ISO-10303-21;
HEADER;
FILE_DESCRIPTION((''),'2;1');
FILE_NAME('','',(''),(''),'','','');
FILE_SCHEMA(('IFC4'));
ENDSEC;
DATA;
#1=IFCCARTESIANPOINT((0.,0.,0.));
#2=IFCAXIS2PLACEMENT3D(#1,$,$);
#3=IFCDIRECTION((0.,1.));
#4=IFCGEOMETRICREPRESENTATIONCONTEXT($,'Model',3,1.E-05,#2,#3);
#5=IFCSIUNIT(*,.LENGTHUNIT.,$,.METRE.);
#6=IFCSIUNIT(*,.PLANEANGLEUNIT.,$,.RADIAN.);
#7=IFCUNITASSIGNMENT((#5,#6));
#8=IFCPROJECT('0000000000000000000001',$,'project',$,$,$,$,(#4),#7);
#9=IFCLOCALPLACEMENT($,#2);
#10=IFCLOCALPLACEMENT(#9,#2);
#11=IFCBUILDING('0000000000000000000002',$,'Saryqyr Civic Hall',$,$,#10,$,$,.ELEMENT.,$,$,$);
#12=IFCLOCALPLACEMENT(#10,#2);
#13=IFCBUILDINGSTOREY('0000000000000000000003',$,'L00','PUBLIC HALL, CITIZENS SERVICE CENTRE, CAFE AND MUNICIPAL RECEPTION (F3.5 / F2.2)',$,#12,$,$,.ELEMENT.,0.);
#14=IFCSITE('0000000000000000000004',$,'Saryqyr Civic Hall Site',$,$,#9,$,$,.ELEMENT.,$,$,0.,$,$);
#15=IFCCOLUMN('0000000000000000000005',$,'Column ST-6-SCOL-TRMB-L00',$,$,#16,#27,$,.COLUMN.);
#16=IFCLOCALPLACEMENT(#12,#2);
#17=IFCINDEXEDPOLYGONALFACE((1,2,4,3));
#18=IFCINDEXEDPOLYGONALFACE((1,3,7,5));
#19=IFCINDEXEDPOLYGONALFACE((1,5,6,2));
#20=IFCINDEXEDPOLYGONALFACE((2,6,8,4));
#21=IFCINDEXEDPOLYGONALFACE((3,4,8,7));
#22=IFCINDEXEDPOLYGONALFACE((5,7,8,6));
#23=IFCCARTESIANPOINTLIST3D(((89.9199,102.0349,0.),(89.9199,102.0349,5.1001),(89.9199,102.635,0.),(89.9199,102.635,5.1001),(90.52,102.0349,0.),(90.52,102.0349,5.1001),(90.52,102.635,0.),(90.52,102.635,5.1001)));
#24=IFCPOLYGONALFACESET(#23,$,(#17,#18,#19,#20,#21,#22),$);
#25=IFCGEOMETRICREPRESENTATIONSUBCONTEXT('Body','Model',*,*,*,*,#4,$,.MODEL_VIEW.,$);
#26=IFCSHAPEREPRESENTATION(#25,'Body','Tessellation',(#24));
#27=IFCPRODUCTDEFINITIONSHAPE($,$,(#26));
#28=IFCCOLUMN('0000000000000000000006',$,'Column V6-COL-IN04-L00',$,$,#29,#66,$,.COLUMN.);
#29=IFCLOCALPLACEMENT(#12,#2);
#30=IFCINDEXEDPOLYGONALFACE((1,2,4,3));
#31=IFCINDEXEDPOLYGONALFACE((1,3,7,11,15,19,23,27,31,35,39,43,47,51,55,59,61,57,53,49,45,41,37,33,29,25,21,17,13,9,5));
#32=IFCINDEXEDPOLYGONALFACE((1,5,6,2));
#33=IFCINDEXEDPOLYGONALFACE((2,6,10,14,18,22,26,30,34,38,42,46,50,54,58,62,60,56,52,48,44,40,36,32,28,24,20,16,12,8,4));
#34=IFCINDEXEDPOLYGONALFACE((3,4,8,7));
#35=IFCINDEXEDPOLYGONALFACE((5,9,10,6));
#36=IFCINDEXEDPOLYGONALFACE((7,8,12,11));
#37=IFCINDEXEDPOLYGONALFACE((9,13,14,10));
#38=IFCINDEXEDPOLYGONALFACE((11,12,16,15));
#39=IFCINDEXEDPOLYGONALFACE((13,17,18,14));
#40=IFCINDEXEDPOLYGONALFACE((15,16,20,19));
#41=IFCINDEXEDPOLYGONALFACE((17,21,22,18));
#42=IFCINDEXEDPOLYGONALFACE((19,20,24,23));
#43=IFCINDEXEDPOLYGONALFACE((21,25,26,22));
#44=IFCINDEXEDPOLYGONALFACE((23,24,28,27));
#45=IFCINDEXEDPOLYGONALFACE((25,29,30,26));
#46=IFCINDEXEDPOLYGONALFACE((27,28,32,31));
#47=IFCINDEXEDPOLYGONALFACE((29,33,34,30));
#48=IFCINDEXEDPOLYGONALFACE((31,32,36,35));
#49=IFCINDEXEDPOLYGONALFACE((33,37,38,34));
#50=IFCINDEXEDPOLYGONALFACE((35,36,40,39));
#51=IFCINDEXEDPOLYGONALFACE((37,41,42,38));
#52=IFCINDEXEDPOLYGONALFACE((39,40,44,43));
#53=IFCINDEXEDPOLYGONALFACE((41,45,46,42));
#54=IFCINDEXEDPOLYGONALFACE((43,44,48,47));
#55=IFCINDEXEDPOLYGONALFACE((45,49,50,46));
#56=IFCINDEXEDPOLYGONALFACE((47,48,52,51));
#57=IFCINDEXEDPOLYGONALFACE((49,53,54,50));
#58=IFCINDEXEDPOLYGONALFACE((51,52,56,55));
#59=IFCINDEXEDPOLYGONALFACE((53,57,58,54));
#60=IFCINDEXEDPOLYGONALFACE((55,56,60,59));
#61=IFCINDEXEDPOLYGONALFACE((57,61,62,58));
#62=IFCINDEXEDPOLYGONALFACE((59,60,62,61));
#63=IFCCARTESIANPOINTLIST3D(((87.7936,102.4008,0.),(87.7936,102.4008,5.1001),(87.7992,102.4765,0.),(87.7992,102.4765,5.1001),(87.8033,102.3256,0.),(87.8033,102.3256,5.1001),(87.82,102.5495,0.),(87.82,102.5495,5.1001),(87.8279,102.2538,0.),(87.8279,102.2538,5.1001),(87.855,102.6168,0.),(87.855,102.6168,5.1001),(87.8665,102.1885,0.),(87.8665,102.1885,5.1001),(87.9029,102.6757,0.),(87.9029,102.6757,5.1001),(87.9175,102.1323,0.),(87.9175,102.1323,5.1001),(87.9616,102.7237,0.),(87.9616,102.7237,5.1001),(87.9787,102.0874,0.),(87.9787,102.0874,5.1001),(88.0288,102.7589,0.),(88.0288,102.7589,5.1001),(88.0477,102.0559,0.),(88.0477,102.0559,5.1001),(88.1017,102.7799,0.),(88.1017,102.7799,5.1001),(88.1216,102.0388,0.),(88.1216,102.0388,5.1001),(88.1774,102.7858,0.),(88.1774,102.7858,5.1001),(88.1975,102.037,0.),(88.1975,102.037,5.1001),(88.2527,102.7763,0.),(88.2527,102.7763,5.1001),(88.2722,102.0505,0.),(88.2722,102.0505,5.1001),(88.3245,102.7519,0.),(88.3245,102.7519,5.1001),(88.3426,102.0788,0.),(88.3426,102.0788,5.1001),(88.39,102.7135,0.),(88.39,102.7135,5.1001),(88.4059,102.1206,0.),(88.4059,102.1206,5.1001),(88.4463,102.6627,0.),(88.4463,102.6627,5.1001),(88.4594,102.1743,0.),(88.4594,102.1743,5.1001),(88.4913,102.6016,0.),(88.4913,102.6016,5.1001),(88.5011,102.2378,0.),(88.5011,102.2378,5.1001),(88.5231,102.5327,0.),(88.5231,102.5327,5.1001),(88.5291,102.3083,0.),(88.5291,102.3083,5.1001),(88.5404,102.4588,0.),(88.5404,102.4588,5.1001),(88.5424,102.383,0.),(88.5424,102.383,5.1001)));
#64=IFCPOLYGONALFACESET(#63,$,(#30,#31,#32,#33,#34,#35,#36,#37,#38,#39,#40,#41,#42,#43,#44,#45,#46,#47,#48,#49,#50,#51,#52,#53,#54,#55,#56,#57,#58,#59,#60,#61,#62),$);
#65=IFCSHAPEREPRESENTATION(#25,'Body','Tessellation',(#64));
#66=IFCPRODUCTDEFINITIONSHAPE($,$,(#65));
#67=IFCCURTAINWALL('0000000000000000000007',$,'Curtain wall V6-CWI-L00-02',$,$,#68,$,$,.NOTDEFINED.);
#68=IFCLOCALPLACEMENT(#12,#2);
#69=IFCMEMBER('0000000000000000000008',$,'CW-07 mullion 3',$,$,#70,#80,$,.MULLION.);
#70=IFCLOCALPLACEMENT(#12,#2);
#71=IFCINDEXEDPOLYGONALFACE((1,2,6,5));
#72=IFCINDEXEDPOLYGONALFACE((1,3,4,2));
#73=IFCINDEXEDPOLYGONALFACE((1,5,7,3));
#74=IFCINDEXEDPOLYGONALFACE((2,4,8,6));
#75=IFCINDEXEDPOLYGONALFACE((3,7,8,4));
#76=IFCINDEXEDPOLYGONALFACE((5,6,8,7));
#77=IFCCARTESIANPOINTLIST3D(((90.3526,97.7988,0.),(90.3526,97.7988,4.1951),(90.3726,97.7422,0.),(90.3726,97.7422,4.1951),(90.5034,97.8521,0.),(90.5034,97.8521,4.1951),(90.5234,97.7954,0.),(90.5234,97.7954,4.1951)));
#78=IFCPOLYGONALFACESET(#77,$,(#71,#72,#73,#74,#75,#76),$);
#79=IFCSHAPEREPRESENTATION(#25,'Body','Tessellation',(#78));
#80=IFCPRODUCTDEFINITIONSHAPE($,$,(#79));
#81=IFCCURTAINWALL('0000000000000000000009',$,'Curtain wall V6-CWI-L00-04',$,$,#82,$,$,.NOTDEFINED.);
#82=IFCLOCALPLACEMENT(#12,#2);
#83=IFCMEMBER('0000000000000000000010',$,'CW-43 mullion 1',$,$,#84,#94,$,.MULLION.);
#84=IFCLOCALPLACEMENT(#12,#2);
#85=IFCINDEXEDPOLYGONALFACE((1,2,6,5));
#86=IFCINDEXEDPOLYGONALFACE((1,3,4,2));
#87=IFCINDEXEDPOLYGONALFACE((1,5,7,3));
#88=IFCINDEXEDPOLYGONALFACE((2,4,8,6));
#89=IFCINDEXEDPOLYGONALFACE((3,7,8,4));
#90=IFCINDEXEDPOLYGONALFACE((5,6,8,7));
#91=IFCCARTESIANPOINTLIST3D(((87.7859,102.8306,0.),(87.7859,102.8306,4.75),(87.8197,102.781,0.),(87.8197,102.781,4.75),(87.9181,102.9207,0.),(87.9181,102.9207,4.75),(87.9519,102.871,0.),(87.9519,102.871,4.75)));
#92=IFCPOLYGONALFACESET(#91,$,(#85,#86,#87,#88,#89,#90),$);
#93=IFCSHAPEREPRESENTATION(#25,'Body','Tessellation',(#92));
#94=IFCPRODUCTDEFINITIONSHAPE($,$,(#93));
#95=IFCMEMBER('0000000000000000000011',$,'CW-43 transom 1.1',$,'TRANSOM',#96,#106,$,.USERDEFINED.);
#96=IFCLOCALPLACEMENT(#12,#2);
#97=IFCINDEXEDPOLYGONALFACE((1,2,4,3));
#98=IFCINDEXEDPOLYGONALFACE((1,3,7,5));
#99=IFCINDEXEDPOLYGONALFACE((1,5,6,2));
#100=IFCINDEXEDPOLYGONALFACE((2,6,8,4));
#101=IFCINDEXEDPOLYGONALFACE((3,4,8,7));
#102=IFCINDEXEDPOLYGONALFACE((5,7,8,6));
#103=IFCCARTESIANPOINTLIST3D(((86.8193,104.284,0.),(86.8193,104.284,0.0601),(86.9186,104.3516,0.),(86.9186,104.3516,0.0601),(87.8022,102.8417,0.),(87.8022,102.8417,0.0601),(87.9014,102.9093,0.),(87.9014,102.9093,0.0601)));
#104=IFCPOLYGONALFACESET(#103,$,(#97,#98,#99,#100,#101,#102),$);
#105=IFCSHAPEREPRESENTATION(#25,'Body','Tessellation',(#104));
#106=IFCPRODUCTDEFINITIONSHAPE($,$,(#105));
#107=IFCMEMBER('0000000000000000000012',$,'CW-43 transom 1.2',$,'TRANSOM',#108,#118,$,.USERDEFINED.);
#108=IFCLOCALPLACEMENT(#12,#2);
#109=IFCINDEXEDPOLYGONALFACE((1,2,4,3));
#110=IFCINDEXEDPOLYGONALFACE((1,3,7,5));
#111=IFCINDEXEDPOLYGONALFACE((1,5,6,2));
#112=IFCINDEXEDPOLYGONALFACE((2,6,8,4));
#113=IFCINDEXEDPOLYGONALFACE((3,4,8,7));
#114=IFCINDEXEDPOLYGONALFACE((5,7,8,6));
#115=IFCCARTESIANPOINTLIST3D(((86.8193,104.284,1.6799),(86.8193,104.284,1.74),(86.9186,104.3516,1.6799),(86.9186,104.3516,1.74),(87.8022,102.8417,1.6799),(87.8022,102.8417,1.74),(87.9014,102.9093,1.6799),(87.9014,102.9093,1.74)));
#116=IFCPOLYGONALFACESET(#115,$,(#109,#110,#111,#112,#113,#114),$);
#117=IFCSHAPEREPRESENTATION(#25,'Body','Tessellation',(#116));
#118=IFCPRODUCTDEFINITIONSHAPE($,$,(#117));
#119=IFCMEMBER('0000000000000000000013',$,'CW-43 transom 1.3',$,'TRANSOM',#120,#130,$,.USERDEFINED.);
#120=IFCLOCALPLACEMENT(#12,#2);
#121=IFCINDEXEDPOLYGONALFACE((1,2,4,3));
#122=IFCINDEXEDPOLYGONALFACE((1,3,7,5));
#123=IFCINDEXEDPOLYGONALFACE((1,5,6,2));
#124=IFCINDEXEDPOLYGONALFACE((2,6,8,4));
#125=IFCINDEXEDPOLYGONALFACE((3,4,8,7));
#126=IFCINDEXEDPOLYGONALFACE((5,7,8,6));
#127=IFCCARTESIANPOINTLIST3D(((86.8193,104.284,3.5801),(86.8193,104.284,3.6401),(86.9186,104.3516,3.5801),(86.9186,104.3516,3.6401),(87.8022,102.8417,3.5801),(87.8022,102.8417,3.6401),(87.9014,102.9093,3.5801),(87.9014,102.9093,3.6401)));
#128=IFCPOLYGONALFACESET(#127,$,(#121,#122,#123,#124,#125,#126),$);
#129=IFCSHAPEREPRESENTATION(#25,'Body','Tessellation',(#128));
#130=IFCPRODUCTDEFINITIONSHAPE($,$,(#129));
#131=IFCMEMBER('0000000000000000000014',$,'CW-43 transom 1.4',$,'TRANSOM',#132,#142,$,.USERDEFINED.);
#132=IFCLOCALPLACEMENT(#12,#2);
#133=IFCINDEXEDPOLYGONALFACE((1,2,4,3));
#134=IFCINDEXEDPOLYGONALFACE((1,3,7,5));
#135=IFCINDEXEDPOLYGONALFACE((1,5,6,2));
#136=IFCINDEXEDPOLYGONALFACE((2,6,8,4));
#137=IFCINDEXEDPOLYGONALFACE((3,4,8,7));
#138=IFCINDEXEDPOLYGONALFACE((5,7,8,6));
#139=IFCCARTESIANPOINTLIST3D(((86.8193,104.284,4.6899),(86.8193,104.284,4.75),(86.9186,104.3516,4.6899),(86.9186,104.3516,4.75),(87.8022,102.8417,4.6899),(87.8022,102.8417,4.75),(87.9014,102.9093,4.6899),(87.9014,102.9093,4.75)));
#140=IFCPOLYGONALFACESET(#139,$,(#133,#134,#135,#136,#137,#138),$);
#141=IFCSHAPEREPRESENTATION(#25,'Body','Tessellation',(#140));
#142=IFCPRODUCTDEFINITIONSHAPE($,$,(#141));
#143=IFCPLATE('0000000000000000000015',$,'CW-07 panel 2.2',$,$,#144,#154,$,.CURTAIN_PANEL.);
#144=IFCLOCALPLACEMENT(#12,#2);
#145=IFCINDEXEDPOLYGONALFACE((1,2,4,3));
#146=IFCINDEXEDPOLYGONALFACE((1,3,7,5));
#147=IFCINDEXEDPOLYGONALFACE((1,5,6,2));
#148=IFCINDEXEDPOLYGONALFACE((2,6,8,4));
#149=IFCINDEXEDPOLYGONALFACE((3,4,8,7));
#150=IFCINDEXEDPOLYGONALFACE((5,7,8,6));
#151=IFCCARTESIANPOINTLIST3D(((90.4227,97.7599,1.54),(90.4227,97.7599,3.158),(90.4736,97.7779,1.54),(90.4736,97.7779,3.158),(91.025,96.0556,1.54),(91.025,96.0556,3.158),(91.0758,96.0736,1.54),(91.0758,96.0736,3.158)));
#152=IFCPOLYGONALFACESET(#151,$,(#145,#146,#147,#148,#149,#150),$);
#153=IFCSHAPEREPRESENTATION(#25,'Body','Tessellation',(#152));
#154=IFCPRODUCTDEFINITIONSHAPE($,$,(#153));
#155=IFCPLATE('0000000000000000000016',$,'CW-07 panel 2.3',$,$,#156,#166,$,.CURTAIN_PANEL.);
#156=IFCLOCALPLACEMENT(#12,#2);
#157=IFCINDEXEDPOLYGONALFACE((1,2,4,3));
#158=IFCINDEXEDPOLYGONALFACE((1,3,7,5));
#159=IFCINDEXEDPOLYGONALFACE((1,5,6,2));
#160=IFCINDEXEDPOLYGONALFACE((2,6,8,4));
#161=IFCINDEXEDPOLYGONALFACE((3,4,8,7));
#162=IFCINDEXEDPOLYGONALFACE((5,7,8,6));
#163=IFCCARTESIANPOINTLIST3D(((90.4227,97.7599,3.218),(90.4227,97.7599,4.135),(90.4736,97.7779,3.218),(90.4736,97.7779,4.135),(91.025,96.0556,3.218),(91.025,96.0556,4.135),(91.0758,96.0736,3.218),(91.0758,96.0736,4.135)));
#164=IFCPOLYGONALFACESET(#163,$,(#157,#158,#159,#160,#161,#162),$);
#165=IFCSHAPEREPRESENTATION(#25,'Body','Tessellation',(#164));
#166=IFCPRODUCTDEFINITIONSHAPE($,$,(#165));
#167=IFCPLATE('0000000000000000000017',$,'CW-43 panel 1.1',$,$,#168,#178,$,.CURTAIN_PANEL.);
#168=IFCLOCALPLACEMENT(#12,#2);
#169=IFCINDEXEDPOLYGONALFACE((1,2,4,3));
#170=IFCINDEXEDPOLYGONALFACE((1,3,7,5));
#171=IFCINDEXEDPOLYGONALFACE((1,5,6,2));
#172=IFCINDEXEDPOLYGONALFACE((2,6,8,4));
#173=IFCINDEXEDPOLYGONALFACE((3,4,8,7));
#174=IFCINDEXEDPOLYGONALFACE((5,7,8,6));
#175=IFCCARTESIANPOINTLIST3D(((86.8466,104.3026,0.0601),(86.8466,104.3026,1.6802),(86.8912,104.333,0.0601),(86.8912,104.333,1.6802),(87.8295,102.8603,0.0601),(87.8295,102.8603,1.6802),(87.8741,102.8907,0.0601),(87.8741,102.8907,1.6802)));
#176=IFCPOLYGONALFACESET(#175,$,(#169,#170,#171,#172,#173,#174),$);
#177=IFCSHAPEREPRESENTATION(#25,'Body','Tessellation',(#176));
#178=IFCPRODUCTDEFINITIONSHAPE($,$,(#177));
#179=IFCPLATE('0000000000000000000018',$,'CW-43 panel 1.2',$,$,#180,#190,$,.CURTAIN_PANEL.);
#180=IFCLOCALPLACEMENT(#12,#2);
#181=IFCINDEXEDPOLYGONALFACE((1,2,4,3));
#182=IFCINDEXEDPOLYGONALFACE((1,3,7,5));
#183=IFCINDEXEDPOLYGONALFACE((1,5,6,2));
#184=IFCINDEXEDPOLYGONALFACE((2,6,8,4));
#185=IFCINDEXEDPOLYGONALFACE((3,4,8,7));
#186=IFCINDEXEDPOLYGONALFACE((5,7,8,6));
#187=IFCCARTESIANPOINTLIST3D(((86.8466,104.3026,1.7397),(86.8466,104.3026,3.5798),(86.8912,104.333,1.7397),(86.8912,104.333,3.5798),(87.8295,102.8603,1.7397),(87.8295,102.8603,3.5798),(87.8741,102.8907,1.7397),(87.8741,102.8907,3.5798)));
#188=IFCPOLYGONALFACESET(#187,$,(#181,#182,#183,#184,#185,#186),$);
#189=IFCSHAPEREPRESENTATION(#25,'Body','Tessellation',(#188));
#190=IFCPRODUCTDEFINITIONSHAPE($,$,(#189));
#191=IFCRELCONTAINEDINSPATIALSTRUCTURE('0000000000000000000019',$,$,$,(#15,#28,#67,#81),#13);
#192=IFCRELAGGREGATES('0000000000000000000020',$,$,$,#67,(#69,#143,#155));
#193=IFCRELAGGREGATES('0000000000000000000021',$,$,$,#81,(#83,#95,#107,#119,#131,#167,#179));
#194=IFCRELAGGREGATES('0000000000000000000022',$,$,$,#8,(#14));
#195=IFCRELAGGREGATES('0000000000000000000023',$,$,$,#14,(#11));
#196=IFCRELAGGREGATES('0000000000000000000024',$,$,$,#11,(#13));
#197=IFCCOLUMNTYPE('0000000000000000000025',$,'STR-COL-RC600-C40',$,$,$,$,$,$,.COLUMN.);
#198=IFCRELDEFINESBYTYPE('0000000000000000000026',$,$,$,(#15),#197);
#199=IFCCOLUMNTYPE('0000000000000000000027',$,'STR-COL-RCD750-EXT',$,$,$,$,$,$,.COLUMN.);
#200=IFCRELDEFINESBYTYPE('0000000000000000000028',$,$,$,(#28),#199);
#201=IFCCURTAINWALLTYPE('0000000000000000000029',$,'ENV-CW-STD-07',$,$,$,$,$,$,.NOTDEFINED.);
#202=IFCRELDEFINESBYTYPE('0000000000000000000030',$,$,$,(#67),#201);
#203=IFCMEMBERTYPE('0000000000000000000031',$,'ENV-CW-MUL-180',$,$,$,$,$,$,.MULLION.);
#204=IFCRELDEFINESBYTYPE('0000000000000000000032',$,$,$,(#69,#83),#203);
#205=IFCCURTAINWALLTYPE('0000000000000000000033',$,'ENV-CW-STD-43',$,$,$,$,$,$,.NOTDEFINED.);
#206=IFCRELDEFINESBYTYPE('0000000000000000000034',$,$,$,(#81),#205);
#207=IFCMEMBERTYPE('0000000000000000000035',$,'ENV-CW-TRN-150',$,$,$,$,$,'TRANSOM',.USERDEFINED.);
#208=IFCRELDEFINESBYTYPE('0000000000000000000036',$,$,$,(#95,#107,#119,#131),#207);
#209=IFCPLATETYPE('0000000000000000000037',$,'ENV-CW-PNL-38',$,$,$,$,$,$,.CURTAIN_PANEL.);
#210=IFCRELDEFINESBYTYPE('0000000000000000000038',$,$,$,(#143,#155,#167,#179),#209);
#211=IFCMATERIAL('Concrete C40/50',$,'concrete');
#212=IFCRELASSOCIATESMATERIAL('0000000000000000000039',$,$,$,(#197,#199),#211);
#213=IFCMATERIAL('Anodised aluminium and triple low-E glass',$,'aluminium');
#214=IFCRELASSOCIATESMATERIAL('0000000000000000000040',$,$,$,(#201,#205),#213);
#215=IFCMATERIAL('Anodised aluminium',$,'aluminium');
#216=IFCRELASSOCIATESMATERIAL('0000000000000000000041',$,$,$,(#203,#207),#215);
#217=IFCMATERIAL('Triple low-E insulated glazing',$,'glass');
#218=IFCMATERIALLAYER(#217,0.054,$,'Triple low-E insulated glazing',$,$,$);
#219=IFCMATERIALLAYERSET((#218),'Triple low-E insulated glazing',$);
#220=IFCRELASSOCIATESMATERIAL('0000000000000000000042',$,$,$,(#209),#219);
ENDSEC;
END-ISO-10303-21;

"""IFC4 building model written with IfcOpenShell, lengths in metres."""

from ifc_helpers import new_model, si_unit, direction, frame, origin, origin_2d, place, context, subcontext, project, spatial, rectangle, circle, extrude, material, layer, layer_set, material_profile, profile_set, type_object, element, aggregate, save


model = new_model("IFC4")

# Units and contexts
model_context = context("Model", 3, precision=1e-05, world=origin(), true_north=direction((0.0, 1.0)))
body_context = subcontext(model_context, "Body", "Model", "MODEL_VIEW")
ifc_project = project(units=[si_unit("LENGTHUNIT", "METRE"), si_unit("PLANEANGLEUNIT", "RADIAN")], contexts=[model_context])

# Site, building, storey
site_placement = place(None, origin())
site = spatial("IfcSite", under=ifc_project, at=site_placement, Name="Saryqyr Civic Hall Site", CompositionType="ELEMENT", RefElevation=0.0)
building_placement = place(site_placement, origin())
building = spatial("IfcBuilding", under=site, at=building_placement, Name="Saryqyr Civic Hall", CompositionType="ELEMENT")
storey_placement = place(building_placement, origin())
storey = spatial("IfcBuildingStorey", under=building, at=storey_placement, Name="L00", Description="PUBLIC HALL, CITIZENS SERVICE CENTRE, CAFE AND MUNICIPAL RECEPTION (F3.5 / F2.2)", CompositionType="ELEMENT", Elevation=0.0)

# Columns
ifc_material_1 = material(Name="Concrete C40/50", Category="concrete")
ifc_material_profile_1 = material_profile(ifc_material_1, rectangle(XDim=0.6001, YDim=0.6001, at=origin_2d()), Name="RC 600x600")
ifc_profile_set_1 = profile_set([ifc_material_profile_1], Name="Concrete C40/50")
column_type_1 = type_object("IfcColumnType", Name="STR-COL-RC600-C40", PredefinedType="COLUMN", material=ifc_profile_set_1)
column_placement = place(storey_placement, frame((90.22, 102.335, 0.0), z_axis=(0.0, 0.0, 1.0), x_axis=(1.0, 0.0, 0.0)))
element("IfcColumn", 1, at=column_placement, inside=storey, type_object=column_type_1, Name="Column ST-6-SCOL-TRMB-L00", PredefinedType="COLUMN", context=body_context, shape_type="SweptSolid", body=[
    extrude(rectangle(XDim=0.6001, YDim=0.6001, at=origin_2d()), origin(), (0.0, 0.0, 1.0), 5.1001),
])
ifc_material_profile_2 = material_profile(ifc_material_1, circle(Radius=0.375, at=origin_2d()), Name="RC D750")
ifc_profile_set_2 = profile_set([ifc_material_profile_2], Name="Concrete C40/50")
column_type_2 = type_object("IfcColumnType", Name="STR-COL-RCD750-EXT", PredefinedType="COLUMN", material=ifc_profile_set_2)
for number, where, z_axis, x_axis, name in (
    (2, (88.1685, 102.4109, 0.0), (0.0, 0.0, 1.0), (0.861008, 0.508591, 0.0), "Column V6-COL-IN04-L00"),
):
    element("IfcColumn", number, at=place(storey_placement, frame(where, z_axis=z_axis, x_axis=x_axis)), inside=storey, type_object=column_type_2, Name=name, PredefinedType="COLUMN", context=body_context, shape_type="SweptSolid", body=[
        extrude(circle(Radius=0.375, at=origin_2d()), origin(), (0.0, 0.0, 1.0), 5.1001),
    ])

# Curtain wall, member
ifc_material_2 = material(Name="Anodised aluminium and triple low-E glass", Category="aluminium")
curtain_wall_type_1 = type_object("IfcCurtainWallType", Name="ENV-CW-STD-07", PredefinedType="NOTDEFINED", material=ifc_material_2)
curtain_wall_1_placement = place(storey_placement, origin())
curtain_wall_1 = element("IfcCurtainWall", 3, at=curtain_wall_1_placement, inside=storey, type_object=curtain_wall_type_1, Name="Curtain wall V6-CWI-L00-02", PredefinedType="NOTDEFINED")
ifc_material_3 = material(Name="Anodised aluminium", Category="aluminium")
ifc_material_profile_3 = material_profile(ifc_material_3, rectangle(XDim=0.0601, YDim=0.1599, at=origin_2d()), Name="ALU MULLION 60x160")
ifc_profile_set_3 = profile_set([ifc_material_profile_3], Name="Anodised aluminium")
member_type_1 = type_object("IfcMemberType", Name="ENV-CW-MUL-180", PredefinedType="MULLION", material=ifc_profile_set_3)
member_1_placement = place(storey_placement, frame((90.438, 97.7971, 0.0), z_axis=(0.0, 0.0, 1.0), x_axis=(-0.333173, 0.942866, 0.0)))
member_1 = element("IfcMember", 4, at=member_1_placement, type_object=member_type_1, Name="CW-07 mullion 3", PredefinedType="MULLION", context=body_context, shape_type="SweptSolid", body=[
    extrude(rectangle(XDim=0.0601, YDim=0.1599, at=origin_2d()), origin(), (0.0, 0.0, 1.0), 4.1951),
])

# Curtain wall, members
curtain_wall_type_2 = type_object("IfcCurtainWallType", Name="ENV-CW-STD-43", PredefinedType="NOTDEFINED", material=ifc_material_2)
curtain_wall_2_placement = place(storey_placement, origin())
curtain_wall_2 = element("IfcCurtainWall", 5, at=curtain_wall_2_placement, inside=storey, type_object=curtain_wall_type_2, Name="Curtain wall V6-CWI-L00-04", PredefinedType="NOTDEFINED")
member_2_placement = place(storey_placement, frame((87.8689, 102.8508, 0.0), z_axis=(0.0, 0.0, 1.0), x_axis=(-0.563133, 0.826366, 0.0)))
member_2 = element("IfcMember", 6, at=member_2_placement, type_object=member_type_1, Name="CW-43 mullion 1", PredefinedType="MULLION", context=body_context, shape_type="SweptSolid", body=[
    extrude(rectangle(XDim=0.0601, YDim=0.1599, at=origin_2d()), origin(), (0.0, 0.0, 1.0), 4.75),
])
ifc_material_profile_4 = material_profile(ifc_material_3, rectangle(XDim=0.1201, YDim=0.0601, at=origin_2d()), Name="ALU TRANSOM 120x60")
ifc_profile_set_4 = profile_set([ifc_material_profile_4], Name="Anodised aluminium")
member_type_2 = type_object("IfcMemberType", Name="ENV-CW-TRN-150", ElementType="TRANSOM", PredefinedType="USERDEFINED", material=ifc_profile_set_4)
member_3_placement = place(storey_placement, frame((87.8518, 102.8755, 0.03), z_axis=(-0.563128, 0.826369, 0.0), x_axis=(-0.826369, -0.563128, 0.0)))
member_3 = element("IfcMember", 7, at=member_3_placement, type_object=member_type_2, Name="CW-43 transom 1.1", ObjectType="TRANSOM", PredefinedType="USERDEFINED", context=body_context, shape_type="SweptSolid", body=[
    extrude(rectangle(XDim=0.1201, YDim=0.0601, at=origin_2d()), origin(), (0.0, 0.0, 1.0), 1.7454),
])
member_4_placement = place(storey_placement, frame((87.8518, 102.8755, 1.71), z_axis=(-0.563128, 0.826369, 0.0), x_axis=(-0.826369, -0.563128, 0.0)))
member_4 = element("IfcMember", 8, at=member_4_placement, type_object=member_type_2, Name="CW-43 transom 1.2", ObjectType="TRANSOM", PredefinedType="USERDEFINED", context=body_context, shape_type="SweptSolid", body=[
    extrude(rectangle(XDim=0.1201, YDim=0.0601, at=origin_2d()), origin(), (0.0, 0.0, 1.0), 1.7454),
])
member_5_placement = place(storey_placement, frame((87.8518, 102.8755, 3.6101), z_axis=(-0.563128, 0.826369, 0.0), x_axis=(-0.826369, -0.563128, 0.0)))
member_5 = element("IfcMember", 9, at=member_5_placement, type_object=member_type_2, Name="CW-43 transom 1.3", ObjectType="TRANSOM", PredefinedType="USERDEFINED", context=body_context, shape_type="SweptSolid", body=[
    extrude(rectangle(XDim=0.1201, YDim=0.0601, at=origin_2d()), origin(), (0.0, 0.0, 1.0), 1.7454),
])
member_6_placement = place(storey_placement, frame((87.8518, 102.8755, 4.72), z_axis=(-0.563128, 0.826369, 0.0), x_axis=(-0.826369, -0.563128, 0.0)))
member_6 = element("IfcMember", 10, at=member_6_placement, type_object=member_type_2, Name="CW-43 transom 1.4", ObjectType="TRANSOM", PredefinedType="USERDEFINED", context=body_context, shape_type="SweptSolid", body=[
    extrude(rectangle(XDim=0.1201, YDim=0.0601, at=origin_2d()), origin(), (0.0, 0.0, 1.0), 1.7454),
])

# Plates
ifc_material_4 = material(Name="Triple low-E insulated glazing", Category="glass")
ifc_layer_1 = layer(ifc_material_4, 0.054, Name="Triple low-E insulated glazing")
ifc_layer_set_1 = layer_set([ifc_layer_1], Name="Triple low-E insulated glazing")
plate_type = type_object("IfcPlateType", Name="ENV-CW-PNL-38", PredefinedType="CURTAIN_PANEL", material=ifc_layer_set_1)
plate_1_placement = place(storey_placement, frame((90.7493, 96.9167, 1.54), z_axis=(0.0, 0.0, 1.0), x_axis=(-0.333173, 0.942866, 0.0)))
plate_1 = element("IfcPlate", 11, at=plate_1_placement, type_object=plate_type, Name="CW-07 panel 2.2", PredefinedType="CURTAIN_PANEL", context=body_context, shape_type="SweptSolid", body=[
    extrude(rectangle(XDim=1.8076, YDim=0.054, at=origin_2d()), origin(), (0.0, 0.0, 1.0), 1.6179),
])
plate_2_placement = place(storey_placement, frame((90.7493, 96.9167, 3.218), z_axis=(0.0, 0.0, 1.0), x_axis=(-0.333173, 0.942866, 0.0)))
plate_2 = element("IfcPlate", 12, at=plate_2_placement, type_object=plate_type, Name="CW-07 panel 2.3", PredefinedType="CURTAIN_PANEL", context=body_context, shape_type="SweptSolid", body=[
    extrude(rectangle(XDim=1.8076, YDim=0.054, at=origin_2d()), origin(), (0.0, 0.0, 1.0), 0.917),
])
aggregate(curtain_wall_1, [member_1, plate_1, plate_2])
plate_3_placement = place(storey_placement, frame((87.3604, 103.5967, 0.0601), z_axis=(0.0, 0.0, 1.0), x_axis=(-0.563133, 0.826366, 0.0)))
plate_3 = element("IfcPlate", 13, at=plate_3_placement, type_object=plate_type, Name="CW-43 panel 1.1", PredefinedType="CURTAIN_PANEL", context=body_context, shape_type="SweptSolid", body=[
    extrude(rectangle(XDim=1.7454, YDim=0.054, at=origin_2d()), origin(), (0.0, 0.0, 1.0), 1.6201),
])
plate_4_placement = place(storey_placement, frame((87.3604, 103.5967, 1.7397), z_axis=(0.0, 0.0, 1.0), x_axis=(-0.563133, 0.826366, 0.0)))
plate_4 = element("IfcPlate", 14, at=plate_4_placement, type_object=plate_type, Name="CW-43 panel 1.2", PredefinedType="CURTAIN_PANEL", context=body_context, shape_type="SweptSolid", body=[
    extrude(rectangle(XDim=1.7454, YDim=0.054, at=origin_2d()), origin(), (0.0, 0.0, 1.0), 1.8401),
])
aggregate(curtain_wall_2, [member_2, member_3, member_4, member_5, member_6, plate_3, plate_4])

save(model, "model.ifc")
